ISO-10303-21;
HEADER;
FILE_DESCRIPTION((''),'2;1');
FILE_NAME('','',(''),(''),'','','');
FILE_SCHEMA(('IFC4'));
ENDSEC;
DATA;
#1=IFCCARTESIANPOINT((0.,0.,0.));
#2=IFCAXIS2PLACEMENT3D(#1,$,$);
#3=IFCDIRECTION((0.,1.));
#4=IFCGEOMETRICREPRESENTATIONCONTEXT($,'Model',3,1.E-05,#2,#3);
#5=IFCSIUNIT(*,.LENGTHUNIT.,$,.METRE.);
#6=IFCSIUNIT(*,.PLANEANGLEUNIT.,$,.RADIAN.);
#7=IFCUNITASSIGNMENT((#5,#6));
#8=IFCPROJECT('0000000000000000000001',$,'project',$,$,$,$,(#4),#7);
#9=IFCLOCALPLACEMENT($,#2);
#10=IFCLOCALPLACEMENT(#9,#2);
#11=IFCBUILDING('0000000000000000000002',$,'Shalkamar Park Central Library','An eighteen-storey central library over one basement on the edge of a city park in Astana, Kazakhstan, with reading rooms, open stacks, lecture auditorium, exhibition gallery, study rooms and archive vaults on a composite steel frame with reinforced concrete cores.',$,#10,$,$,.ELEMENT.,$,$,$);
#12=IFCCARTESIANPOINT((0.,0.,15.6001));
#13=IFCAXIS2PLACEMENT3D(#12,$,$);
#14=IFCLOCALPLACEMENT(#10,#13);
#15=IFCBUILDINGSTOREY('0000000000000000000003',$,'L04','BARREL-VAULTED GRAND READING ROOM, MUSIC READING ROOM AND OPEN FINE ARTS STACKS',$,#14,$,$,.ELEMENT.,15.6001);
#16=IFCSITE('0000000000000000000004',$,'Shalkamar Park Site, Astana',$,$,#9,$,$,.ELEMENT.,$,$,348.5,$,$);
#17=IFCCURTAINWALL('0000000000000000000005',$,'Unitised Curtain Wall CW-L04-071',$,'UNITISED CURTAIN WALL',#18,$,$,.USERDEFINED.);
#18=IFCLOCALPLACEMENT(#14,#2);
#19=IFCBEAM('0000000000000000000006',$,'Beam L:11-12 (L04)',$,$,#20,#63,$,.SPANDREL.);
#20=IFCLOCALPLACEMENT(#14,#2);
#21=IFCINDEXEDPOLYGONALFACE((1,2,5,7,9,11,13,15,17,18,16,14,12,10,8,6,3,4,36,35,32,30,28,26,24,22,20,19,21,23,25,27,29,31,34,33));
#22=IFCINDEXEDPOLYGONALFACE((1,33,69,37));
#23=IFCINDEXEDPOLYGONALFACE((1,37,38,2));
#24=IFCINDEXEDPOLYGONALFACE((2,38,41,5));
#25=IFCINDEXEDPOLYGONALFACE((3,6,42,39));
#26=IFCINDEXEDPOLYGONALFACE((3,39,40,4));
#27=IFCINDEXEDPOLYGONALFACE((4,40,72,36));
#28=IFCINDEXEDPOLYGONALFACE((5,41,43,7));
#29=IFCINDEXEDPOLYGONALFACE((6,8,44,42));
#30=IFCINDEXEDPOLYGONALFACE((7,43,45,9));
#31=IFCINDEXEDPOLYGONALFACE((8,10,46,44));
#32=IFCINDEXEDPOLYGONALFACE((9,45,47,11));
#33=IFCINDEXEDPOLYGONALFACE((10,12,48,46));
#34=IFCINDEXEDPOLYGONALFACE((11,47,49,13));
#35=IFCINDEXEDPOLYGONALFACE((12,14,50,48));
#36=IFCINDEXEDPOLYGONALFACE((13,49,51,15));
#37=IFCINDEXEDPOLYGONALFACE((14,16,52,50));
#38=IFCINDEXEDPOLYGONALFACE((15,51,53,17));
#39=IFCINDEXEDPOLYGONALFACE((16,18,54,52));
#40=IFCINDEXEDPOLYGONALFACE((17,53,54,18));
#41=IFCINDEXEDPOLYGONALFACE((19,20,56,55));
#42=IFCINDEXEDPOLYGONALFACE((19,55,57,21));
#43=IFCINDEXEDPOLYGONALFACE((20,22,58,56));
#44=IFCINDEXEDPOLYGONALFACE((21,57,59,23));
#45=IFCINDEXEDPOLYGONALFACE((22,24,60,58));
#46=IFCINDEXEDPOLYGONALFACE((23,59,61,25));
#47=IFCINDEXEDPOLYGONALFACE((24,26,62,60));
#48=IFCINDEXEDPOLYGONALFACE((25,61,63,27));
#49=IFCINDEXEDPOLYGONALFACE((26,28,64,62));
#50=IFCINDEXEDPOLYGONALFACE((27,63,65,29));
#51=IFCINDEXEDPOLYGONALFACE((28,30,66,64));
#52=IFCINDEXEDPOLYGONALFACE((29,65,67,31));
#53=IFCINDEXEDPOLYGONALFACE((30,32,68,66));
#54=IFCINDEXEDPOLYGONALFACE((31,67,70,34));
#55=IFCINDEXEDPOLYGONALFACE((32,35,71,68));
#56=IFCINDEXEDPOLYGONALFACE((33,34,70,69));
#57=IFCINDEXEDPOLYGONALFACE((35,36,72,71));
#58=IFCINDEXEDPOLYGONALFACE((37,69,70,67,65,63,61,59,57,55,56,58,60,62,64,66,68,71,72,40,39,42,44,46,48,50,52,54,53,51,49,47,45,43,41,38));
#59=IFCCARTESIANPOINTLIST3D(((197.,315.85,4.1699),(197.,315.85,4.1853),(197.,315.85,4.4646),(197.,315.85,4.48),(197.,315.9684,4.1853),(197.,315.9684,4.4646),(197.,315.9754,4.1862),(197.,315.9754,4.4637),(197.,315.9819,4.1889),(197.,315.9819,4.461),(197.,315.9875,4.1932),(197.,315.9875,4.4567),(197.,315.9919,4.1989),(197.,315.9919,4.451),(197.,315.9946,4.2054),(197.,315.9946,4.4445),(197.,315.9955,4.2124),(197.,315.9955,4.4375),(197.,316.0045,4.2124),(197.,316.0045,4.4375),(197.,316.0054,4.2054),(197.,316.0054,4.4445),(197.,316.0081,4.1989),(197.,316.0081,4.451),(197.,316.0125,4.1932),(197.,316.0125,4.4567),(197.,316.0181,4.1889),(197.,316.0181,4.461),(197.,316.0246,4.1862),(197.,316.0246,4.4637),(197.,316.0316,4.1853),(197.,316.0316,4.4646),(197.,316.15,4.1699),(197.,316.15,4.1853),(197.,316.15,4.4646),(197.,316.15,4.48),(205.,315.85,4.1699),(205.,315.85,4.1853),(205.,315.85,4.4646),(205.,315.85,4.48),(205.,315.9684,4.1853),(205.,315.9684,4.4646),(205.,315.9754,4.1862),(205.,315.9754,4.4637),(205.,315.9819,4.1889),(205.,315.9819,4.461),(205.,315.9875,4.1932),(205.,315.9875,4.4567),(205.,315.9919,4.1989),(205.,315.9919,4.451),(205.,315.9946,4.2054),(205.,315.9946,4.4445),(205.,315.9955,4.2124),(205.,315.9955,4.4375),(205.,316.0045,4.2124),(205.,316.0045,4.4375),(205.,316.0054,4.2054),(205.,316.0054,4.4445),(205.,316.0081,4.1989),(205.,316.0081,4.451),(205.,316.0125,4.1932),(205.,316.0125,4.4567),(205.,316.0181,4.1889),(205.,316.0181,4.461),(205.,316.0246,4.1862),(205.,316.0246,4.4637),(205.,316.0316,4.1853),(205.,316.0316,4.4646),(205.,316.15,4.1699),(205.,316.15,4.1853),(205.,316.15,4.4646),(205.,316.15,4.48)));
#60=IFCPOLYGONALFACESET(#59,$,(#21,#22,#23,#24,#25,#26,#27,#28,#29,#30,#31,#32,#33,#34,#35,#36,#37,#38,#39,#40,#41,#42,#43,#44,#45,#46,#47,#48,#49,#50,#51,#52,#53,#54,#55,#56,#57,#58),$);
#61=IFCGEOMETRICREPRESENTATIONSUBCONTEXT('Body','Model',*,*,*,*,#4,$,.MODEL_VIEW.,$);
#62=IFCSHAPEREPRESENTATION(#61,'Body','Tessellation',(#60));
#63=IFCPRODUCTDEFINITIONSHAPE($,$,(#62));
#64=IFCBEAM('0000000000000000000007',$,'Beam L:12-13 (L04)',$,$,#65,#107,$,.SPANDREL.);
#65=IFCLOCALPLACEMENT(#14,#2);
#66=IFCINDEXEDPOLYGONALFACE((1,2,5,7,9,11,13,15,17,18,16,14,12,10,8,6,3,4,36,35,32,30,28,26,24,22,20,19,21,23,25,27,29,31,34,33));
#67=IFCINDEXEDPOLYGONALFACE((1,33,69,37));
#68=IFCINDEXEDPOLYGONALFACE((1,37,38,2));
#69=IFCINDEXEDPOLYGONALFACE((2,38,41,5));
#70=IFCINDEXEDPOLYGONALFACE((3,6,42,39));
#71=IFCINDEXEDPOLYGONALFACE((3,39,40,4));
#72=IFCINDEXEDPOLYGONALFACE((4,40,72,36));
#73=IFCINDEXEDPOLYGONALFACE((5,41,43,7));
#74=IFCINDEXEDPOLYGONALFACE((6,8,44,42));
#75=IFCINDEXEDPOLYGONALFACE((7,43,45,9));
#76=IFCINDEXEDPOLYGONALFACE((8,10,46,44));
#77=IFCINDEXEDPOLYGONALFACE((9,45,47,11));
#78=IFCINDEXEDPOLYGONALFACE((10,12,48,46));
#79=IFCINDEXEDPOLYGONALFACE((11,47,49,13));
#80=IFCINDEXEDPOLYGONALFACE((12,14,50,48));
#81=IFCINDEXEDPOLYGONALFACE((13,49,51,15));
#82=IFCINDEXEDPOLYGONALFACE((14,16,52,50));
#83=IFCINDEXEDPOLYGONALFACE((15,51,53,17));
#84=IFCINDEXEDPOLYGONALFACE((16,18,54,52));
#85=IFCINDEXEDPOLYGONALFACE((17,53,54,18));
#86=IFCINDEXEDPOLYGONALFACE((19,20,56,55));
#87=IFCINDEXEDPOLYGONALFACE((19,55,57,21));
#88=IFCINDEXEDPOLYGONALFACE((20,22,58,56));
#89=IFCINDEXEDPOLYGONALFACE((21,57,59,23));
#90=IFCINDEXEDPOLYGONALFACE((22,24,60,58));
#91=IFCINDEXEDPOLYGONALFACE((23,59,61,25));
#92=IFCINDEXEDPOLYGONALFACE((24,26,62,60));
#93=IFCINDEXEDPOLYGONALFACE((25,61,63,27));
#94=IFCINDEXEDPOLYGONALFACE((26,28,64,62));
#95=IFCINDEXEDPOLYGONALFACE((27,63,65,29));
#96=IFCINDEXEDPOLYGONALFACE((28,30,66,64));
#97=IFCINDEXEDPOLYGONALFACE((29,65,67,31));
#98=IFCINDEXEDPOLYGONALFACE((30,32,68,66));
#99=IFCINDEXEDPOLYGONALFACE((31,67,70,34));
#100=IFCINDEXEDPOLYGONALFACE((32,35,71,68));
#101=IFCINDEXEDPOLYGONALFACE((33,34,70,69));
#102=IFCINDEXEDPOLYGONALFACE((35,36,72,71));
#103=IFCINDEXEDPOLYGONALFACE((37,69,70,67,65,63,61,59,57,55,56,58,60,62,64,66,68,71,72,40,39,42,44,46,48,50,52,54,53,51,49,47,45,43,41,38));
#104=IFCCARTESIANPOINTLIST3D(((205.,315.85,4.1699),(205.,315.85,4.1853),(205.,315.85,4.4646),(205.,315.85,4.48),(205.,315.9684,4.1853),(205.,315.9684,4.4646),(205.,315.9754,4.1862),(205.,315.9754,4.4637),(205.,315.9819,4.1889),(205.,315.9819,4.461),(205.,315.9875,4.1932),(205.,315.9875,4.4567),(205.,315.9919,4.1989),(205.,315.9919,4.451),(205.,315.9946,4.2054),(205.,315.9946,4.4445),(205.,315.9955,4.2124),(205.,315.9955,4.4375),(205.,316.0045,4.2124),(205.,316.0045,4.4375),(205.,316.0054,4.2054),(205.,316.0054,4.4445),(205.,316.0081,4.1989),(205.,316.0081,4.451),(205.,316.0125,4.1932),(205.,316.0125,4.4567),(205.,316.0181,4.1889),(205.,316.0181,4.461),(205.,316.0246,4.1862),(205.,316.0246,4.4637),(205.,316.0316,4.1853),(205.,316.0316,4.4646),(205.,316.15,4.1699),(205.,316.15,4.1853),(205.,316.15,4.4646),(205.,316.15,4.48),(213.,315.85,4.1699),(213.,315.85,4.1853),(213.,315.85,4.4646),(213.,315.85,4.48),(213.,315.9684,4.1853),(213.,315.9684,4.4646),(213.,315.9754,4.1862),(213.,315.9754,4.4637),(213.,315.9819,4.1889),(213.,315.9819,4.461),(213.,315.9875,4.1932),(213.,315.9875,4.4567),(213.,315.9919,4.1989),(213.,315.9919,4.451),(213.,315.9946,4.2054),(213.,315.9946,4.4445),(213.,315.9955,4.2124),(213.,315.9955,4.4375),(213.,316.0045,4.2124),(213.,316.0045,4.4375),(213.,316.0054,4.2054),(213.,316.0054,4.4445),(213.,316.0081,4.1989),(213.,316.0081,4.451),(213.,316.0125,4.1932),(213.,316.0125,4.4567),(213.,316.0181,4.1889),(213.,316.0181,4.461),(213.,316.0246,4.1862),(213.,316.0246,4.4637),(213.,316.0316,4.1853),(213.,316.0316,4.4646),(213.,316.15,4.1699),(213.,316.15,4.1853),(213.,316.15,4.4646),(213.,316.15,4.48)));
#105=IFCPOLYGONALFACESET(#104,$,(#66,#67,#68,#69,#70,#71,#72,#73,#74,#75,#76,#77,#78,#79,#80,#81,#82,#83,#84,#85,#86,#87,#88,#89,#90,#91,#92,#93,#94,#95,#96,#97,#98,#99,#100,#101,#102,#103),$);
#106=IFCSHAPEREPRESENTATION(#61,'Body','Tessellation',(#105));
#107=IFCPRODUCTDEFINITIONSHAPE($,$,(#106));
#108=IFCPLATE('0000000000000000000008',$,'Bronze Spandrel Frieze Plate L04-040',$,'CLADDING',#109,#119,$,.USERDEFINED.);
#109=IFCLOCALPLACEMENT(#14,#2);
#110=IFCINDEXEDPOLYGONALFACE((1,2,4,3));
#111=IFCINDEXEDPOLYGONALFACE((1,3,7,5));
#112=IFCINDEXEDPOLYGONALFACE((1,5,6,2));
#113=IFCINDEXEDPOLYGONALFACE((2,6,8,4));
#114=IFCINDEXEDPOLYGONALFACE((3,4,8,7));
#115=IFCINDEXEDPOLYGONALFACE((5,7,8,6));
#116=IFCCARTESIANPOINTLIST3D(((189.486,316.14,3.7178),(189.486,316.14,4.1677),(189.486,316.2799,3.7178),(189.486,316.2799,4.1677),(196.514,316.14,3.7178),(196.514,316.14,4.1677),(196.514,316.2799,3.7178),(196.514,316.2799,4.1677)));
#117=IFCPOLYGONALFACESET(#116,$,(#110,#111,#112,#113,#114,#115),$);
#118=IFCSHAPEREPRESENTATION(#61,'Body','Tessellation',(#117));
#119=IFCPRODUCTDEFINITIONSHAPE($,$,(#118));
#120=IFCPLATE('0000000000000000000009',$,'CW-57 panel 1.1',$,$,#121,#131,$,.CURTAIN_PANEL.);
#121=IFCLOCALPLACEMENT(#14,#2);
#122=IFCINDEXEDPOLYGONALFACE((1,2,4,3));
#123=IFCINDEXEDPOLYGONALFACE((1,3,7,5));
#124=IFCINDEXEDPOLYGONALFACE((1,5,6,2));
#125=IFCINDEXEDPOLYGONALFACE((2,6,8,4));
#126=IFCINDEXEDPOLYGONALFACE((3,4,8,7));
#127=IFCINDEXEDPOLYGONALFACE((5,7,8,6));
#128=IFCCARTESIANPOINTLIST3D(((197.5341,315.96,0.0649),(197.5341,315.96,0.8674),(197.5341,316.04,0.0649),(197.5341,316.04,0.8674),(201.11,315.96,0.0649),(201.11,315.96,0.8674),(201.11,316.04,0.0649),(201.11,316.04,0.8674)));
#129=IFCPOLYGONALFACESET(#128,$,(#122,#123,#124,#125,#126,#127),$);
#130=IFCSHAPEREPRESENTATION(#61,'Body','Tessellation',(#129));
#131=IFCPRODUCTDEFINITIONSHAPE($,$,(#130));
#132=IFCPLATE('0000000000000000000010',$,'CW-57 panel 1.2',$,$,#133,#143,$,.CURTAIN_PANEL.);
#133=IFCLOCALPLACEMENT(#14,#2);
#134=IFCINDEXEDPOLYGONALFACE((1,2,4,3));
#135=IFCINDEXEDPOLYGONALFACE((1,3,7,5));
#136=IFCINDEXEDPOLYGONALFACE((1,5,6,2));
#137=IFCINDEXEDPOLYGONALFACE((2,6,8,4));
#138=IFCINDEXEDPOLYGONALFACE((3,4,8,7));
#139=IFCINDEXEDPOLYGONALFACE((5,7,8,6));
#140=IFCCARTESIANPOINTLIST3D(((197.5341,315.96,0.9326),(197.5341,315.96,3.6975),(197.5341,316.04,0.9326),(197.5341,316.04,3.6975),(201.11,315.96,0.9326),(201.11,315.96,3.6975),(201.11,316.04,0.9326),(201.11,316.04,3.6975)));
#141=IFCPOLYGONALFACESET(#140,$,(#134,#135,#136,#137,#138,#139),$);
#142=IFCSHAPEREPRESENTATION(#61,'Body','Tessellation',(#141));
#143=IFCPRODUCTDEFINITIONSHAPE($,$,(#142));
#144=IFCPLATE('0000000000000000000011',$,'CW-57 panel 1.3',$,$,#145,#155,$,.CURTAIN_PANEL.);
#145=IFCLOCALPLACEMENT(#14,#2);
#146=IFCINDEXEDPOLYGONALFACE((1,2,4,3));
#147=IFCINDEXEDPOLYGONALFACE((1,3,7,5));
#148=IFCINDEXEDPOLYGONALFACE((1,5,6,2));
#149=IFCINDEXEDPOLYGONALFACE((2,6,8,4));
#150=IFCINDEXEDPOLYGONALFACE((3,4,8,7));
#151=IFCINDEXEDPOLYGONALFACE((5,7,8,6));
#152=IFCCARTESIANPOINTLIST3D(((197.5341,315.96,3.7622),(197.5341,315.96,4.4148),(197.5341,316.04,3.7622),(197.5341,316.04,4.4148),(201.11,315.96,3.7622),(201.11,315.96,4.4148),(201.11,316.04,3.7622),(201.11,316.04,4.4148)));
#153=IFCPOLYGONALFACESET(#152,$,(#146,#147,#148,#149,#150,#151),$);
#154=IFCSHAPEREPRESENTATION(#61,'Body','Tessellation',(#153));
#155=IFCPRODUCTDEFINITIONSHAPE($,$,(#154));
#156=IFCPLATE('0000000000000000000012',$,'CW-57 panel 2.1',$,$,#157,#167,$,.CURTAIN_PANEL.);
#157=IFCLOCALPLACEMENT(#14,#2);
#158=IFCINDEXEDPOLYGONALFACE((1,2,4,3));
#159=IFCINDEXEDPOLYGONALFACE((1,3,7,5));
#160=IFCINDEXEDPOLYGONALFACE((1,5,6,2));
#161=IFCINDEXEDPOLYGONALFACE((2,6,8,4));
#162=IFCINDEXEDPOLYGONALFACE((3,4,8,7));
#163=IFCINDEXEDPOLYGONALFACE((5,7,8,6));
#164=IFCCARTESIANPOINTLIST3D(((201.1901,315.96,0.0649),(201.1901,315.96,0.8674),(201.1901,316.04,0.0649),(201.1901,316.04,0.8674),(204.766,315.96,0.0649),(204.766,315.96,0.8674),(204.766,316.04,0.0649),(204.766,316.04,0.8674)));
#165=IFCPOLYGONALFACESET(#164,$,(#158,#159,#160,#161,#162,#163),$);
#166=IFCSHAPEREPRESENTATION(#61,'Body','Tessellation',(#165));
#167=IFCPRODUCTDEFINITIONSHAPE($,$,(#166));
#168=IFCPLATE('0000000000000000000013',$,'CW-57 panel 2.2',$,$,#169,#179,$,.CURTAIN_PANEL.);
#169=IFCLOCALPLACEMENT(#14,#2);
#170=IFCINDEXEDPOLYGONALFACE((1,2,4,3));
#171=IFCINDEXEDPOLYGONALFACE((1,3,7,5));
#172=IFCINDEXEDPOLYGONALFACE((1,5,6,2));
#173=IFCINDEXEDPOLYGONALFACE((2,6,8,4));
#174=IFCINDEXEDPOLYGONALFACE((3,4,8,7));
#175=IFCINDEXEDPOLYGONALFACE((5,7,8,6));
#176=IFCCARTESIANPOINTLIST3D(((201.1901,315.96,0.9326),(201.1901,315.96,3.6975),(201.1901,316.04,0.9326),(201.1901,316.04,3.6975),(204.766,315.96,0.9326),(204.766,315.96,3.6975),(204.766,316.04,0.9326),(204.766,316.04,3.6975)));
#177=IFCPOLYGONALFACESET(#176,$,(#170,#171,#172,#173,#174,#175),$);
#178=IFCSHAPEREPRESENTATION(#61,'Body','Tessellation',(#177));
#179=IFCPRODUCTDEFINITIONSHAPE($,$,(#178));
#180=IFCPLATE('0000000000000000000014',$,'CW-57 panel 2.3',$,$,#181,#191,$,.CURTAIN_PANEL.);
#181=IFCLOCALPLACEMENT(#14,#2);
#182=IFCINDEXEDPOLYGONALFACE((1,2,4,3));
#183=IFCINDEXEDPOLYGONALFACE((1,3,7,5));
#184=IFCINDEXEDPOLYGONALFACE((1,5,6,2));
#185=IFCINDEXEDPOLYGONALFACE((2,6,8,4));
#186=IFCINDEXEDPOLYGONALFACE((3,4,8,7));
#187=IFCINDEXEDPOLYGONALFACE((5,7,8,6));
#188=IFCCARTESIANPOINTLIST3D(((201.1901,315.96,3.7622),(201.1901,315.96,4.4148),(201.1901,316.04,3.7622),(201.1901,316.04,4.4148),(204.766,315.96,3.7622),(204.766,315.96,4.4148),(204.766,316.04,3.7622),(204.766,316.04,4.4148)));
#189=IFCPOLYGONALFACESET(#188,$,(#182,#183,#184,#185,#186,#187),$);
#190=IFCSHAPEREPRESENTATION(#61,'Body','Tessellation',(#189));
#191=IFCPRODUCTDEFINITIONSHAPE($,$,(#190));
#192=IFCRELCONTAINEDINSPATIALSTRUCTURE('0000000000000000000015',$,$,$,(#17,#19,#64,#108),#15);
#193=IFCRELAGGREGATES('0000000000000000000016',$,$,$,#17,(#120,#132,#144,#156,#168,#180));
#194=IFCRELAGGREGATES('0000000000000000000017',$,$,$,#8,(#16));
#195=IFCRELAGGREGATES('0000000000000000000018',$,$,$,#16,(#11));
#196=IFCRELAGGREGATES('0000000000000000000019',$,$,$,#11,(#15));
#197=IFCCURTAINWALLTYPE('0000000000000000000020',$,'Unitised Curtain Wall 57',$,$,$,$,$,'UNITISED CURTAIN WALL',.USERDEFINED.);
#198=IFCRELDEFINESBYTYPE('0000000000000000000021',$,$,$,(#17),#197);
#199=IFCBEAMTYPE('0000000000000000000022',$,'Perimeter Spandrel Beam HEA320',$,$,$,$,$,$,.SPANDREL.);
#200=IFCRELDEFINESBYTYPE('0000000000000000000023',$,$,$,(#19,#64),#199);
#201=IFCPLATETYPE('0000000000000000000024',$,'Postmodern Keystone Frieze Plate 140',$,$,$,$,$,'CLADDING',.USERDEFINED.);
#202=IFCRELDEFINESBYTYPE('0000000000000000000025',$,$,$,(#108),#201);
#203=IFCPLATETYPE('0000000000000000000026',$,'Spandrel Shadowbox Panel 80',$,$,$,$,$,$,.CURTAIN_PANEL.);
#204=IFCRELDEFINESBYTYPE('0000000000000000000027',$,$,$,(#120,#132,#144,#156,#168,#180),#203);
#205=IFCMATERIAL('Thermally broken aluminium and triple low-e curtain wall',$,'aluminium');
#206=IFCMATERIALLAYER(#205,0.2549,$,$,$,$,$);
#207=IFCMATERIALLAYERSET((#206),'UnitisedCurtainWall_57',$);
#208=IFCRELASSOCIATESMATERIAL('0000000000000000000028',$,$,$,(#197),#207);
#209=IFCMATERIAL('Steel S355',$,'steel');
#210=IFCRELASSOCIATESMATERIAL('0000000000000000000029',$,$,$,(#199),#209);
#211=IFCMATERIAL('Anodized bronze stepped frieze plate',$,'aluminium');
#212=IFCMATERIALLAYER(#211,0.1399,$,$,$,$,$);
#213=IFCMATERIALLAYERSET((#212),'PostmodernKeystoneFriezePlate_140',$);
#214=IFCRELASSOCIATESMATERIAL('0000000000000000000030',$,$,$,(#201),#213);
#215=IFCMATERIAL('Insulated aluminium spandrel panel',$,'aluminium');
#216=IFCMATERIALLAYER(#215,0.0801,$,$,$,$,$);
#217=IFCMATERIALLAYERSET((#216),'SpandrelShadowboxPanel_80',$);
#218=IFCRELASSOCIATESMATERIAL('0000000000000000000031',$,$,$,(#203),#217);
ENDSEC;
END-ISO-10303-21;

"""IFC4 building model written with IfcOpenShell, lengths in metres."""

from ifc_helpers import new_model, si_unit, direction, frame, origin, origin_2d, place, context, subcontext, project, spatial, rectangle, i_section, extrude, material, layer, layer_set, material_profile, profile_set, type_object, element, aggregate, save


model = new_model("IFC4")

# Units and contexts
model_context = context("Model", 3, precision=1e-05, world=origin(), true_north=direction((0.0, 1.0)))
body_context = subcontext(model_context, "Body", "Model", "MODEL_VIEW")
ifc_project = project(units=[si_unit("LENGTHUNIT", "METRE"), si_unit("PLANEANGLEUNIT", "RADIAN")], contexts=[model_context])

# Site, building, storey
site_placement = place(None, origin())
site = spatial("IfcSite", under=ifc_project, at=site_placement, Name="Shalkamar Park Site, Astana", CompositionType="ELEMENT", RefElevation=348.5)
building_placement = place(site_placement, origin())
building = spatial("IfcBuilding", under=site, at=building_placement, Name="Shalkamar Park Central Library", Description="An eighteen-storey central library over one basement on the edge of a city park in Astana, Kazakhstan, with reading rooms, open stacks, lecture auditorium, exhibition gallery, study rooms and archive vaults on a composite steel frame with reinforced concrete cores.", CompositionType="ELEMENT")
storey_placement = place(building_placement, frame((0.0, 0.0, 15.6001)))
storey = spatial("IfcBuildingStorey", under=building, at=storey_placement, Name="L04", Description="BARREL-VAULTED GRAND READING ROOM, MUSIC READING ROOM AND OPEN FINE ARTS STACKS", CompositionType="ELEMENT", Elevation=15.6001)

# Shared definitions
ifc_material_1 = material(Name="Steel S355", Category="steel")

# Curtain wall
ifc_material_2 = material(Name="Thermally broken aluminium and triple low-e curtain wall", Category="aluminium")
ifc_layer_1 = layer(ifc_material_2, 0.2549)
ifc_layer_set_1 = layer_set([ifc_layer_1], Name="UnitisedCurtainWall_57")
curtain_wall_type_1 = type_object("IfcCurtainWallType", Name="Unitised Curtain Wall 57", ElementType="UNITISED CURTAIN WALL", PredefinedType="USERDEFINED", material=ifc_layer_set_1)
curtain_wall_1_placement = place(storey_placement, origin())
curtain_wall_1 = element("IfcCurtainWall", 1, at=curtain_wall_1_placement, inside=storey, type_object=curtain_wall_type_1, Name="Unitised Curtain Wall CW-L04-071", ObjectType="UNITISED CURTAIN WALL", PredefinedType="USERDEFINED")

# Beams
ifc_material_profile_1 = material_profile(ifc_material_1, i_section(OverallWidth=0.3, OverallDepth=0.3101, WebThickness=0.009, FlangeThickness=0.0154, FilletRadius=0.0271, at=origin_2d()), Name="HEA 320")
ifc_profile_set_1 = profile_set([ifc_material_profile_1], Name="Steel S355")
beam_type_1 = type_object("IfcBeamType", Name="Perimeter Spandrel Beam HEA320", PredefinedType="SPANDREL", material=ifc_profile_set_1)
for number, where, z_axis, x_axis, name in (
    (2, (197.0, 316.0, 4.325), (1.0, 0.0, 0.0), (0.0, 1.0, 0.0), "Beam L:11-12 (L04)"),
    (3, (205.0, 316.0, 4.325), (1.0, 0.0, 0.0), (0.0, 1.0, 0.0), "Beam L:12-13 (L04)"),
):
    element("IfcBeam", number, at=place(storey_placement, frame(where, z_axis=z_axis, x_axis=x_axis)), inside=storey, type_object=beam_type_1, Name=name, PredefinedType="SPANDREL", context=body_context, shape_type="SweptSolid", body=[
        extrude(i_section(OverallWidth=0.3, OverallDepth=0.3101, WebThickness=0.009, FlangeThickness=0.0154, FilletRadius=0.0271, at=origin_2d()), origin(), (0.0, 0.0, 1.0), 8.0),
    ])

# Plates
ifc_material_3 = material(Name="Anodized bronze stepped frieze plate", Category="aluminium")
ifc_layer_2 = layer(ifc_material_3, 0.1399)
ifc_layer_set_2 = layer_set([ifc_layer_2], Name="PostmodernKeystoneFriezePlate_140")
plate_type_1 = type_object("IfcPlateType", Name="Postmodern Keystone Frieze Plate 140", ElementType="CLADDING", PredefinedType="USERDEFINED", material=ifc_layer_set_2)
plate_1_placement = place(storey_placement, frame((193.0, 316.21, 3.7178), z_axis=(0.0, 0.0, 1.0), x_axis=(1.0, 0.0, 0.0)))
element("IfcPlate", 4, at=plate_1_placement, inside=storey, type_object=plate_type_1, Name="Bronze Spandrel Frieze Plate L04-040", ObjectType="CLADDING", PredefinedType="USERDEFINED", context=body_context, shape_type="SweptSolid", body=[
    extrude(rectangle(XDim=7.0281, YDim=0.1399, at=origin_2d()), origin(), (0.0, 0.0, 1.0), 0.45),
])
ifc_material_4 = material(Name="Insulated aluminium spandrel panel", Category="aluminium")
ifc_layer_3 = layer(ifc_material_4, 0.0801)
ifc_layer_set_3 = layer_set([ifc_layer_3], Name="SpandrelShadowboxPanel_80")
plate_type_2 = type_object("IfcPlateType", Name="Spandrel Shadowbox Panel 80", PredefinedType="CURTAIN_PANEL", material=ifc_layer_set_3)
plate_2_placement = place(storey_placement, frame((199.322, 316.0, 0.0649), z_axis=(0.0, 0.0, 1.0), x_axis=(1.0, 0.0, 0.0)))
plate_2 = element("IfcPlate", 5, at=plate_2_placement, type_object=plate_type_2, Name="CW-57 panel 1.1", PredefinedType="CURTAIN_PANEL", context=body_context, shape_type="SweptSolid", body=[
    extrude(rectangle(XDim=3.5759, YDim=0.0801, at=origin_2d()), origin(), (0.0, 0.0, 1.0), 0.8025),
])
plate_3_placement = place(storey_placement, frame((199.322, 316.0, 0.9326), z_axis=(0.0, 0.0, 1.0), x_axis=(1.0, 0.0, 0.0)))
plate_3 = element("IfcPlate", 6, at=plate_3_placement, type_object=plate_type_2, Name="CW-57 panel 1.2", PredefinedType="CURTAIN_PANEL", context=body_context, shape_type="SweptSolid", body=[
    extrude(rectangle(XDim=3.5759, YDim=0.0801, at=origin_2d()), origin(), (0.0, 0.0, 1.0), 2.7649),
])
plate_4_placement = place(storey_placement, frame((199.322, 316.0, 3.7622), z_axis=(0.0, 0.0, 1.0), x_axis=(1.0, 0.0, 0.0)))
plate_4 = element("IfcPlate", 7, at=plate_4_placement, type_object=plate_type_2, Name="CW-57 panel 1.3", PredefinedType="CURTAIN_PANEL", context=body_context, shape_type="SweptSolid", body=[
    extrude(rectangle(XDim=3.5759, YDim=0.0801, at=origin_2d()), origin(), (0.0, 0.0, 1.0), 0.6526),
])
plate_5_placement = place(storey_placement, frame((202.978, 316.0, 0.0649), z_axis=(0.0, 0.0, 1.0), x_axis=(1.0, 0.0, 0.0)))
plate_5 = element("IfcPlate", 8, at=plate_5_placement, type_object=plate_type_2, Name="CW-57 panel 2.1", PredefinedType="CURTAIN_PANEL", context=body_context, shape_type="SweptSolid", body=[
    extrude(rectangle(XDim=3.5759, YDim=0.0801, at=origin_2d()), origin(), (0.0, 0.0, 1.0), 0.8025),
])
plate_6_placement = place(storey_placement, frame((202.978, 316.0, 0.9326), z_axis=(0.0, 0.0, 1.0), x_axis=(1.0, 0.0, 0.0)))
plate_6 = element("IfcPlate", 9, at=plate_6_placement, type_object=plate_type_2, Name="CW-57 panel 2.2", PredefinedType="CURTAIN_PANEL", context=body_context, shape_type="SweptSolid", body=[
    extrude(rectangle(XDim=3.5759, YDim=0.0801, at=origin_2d()), origin(), (0.0, 0.0, 1.0), 2.7649),
])
plate_7_placement = place(storey_placement, frame((202.978, 316.0, 3.7622), z_axis=(0.0, 0.0, 1.0), x_axis=(1.0, 0.0, 0.0)))
plate_7 = element("IfcPlate", 10, at=plate_7_placement, type_object=plate_type_2, Name="CW-57 panel 2.3", PredefinedType="CURTAIN_PANEL", context=body_context, shape_type="SweptSolid", body=[
    extrude(rectangle(XDim=3.5759, YDim=0.0801, at=origin_2d()), origin(), (0.0, 0.0, 1.0), 0.6526),
])
aggregate(curtain_wall_1, [plate_2, plate_3, plate_4, plate_5, plate_6, plate_7])

save(model, "model.ifc")
